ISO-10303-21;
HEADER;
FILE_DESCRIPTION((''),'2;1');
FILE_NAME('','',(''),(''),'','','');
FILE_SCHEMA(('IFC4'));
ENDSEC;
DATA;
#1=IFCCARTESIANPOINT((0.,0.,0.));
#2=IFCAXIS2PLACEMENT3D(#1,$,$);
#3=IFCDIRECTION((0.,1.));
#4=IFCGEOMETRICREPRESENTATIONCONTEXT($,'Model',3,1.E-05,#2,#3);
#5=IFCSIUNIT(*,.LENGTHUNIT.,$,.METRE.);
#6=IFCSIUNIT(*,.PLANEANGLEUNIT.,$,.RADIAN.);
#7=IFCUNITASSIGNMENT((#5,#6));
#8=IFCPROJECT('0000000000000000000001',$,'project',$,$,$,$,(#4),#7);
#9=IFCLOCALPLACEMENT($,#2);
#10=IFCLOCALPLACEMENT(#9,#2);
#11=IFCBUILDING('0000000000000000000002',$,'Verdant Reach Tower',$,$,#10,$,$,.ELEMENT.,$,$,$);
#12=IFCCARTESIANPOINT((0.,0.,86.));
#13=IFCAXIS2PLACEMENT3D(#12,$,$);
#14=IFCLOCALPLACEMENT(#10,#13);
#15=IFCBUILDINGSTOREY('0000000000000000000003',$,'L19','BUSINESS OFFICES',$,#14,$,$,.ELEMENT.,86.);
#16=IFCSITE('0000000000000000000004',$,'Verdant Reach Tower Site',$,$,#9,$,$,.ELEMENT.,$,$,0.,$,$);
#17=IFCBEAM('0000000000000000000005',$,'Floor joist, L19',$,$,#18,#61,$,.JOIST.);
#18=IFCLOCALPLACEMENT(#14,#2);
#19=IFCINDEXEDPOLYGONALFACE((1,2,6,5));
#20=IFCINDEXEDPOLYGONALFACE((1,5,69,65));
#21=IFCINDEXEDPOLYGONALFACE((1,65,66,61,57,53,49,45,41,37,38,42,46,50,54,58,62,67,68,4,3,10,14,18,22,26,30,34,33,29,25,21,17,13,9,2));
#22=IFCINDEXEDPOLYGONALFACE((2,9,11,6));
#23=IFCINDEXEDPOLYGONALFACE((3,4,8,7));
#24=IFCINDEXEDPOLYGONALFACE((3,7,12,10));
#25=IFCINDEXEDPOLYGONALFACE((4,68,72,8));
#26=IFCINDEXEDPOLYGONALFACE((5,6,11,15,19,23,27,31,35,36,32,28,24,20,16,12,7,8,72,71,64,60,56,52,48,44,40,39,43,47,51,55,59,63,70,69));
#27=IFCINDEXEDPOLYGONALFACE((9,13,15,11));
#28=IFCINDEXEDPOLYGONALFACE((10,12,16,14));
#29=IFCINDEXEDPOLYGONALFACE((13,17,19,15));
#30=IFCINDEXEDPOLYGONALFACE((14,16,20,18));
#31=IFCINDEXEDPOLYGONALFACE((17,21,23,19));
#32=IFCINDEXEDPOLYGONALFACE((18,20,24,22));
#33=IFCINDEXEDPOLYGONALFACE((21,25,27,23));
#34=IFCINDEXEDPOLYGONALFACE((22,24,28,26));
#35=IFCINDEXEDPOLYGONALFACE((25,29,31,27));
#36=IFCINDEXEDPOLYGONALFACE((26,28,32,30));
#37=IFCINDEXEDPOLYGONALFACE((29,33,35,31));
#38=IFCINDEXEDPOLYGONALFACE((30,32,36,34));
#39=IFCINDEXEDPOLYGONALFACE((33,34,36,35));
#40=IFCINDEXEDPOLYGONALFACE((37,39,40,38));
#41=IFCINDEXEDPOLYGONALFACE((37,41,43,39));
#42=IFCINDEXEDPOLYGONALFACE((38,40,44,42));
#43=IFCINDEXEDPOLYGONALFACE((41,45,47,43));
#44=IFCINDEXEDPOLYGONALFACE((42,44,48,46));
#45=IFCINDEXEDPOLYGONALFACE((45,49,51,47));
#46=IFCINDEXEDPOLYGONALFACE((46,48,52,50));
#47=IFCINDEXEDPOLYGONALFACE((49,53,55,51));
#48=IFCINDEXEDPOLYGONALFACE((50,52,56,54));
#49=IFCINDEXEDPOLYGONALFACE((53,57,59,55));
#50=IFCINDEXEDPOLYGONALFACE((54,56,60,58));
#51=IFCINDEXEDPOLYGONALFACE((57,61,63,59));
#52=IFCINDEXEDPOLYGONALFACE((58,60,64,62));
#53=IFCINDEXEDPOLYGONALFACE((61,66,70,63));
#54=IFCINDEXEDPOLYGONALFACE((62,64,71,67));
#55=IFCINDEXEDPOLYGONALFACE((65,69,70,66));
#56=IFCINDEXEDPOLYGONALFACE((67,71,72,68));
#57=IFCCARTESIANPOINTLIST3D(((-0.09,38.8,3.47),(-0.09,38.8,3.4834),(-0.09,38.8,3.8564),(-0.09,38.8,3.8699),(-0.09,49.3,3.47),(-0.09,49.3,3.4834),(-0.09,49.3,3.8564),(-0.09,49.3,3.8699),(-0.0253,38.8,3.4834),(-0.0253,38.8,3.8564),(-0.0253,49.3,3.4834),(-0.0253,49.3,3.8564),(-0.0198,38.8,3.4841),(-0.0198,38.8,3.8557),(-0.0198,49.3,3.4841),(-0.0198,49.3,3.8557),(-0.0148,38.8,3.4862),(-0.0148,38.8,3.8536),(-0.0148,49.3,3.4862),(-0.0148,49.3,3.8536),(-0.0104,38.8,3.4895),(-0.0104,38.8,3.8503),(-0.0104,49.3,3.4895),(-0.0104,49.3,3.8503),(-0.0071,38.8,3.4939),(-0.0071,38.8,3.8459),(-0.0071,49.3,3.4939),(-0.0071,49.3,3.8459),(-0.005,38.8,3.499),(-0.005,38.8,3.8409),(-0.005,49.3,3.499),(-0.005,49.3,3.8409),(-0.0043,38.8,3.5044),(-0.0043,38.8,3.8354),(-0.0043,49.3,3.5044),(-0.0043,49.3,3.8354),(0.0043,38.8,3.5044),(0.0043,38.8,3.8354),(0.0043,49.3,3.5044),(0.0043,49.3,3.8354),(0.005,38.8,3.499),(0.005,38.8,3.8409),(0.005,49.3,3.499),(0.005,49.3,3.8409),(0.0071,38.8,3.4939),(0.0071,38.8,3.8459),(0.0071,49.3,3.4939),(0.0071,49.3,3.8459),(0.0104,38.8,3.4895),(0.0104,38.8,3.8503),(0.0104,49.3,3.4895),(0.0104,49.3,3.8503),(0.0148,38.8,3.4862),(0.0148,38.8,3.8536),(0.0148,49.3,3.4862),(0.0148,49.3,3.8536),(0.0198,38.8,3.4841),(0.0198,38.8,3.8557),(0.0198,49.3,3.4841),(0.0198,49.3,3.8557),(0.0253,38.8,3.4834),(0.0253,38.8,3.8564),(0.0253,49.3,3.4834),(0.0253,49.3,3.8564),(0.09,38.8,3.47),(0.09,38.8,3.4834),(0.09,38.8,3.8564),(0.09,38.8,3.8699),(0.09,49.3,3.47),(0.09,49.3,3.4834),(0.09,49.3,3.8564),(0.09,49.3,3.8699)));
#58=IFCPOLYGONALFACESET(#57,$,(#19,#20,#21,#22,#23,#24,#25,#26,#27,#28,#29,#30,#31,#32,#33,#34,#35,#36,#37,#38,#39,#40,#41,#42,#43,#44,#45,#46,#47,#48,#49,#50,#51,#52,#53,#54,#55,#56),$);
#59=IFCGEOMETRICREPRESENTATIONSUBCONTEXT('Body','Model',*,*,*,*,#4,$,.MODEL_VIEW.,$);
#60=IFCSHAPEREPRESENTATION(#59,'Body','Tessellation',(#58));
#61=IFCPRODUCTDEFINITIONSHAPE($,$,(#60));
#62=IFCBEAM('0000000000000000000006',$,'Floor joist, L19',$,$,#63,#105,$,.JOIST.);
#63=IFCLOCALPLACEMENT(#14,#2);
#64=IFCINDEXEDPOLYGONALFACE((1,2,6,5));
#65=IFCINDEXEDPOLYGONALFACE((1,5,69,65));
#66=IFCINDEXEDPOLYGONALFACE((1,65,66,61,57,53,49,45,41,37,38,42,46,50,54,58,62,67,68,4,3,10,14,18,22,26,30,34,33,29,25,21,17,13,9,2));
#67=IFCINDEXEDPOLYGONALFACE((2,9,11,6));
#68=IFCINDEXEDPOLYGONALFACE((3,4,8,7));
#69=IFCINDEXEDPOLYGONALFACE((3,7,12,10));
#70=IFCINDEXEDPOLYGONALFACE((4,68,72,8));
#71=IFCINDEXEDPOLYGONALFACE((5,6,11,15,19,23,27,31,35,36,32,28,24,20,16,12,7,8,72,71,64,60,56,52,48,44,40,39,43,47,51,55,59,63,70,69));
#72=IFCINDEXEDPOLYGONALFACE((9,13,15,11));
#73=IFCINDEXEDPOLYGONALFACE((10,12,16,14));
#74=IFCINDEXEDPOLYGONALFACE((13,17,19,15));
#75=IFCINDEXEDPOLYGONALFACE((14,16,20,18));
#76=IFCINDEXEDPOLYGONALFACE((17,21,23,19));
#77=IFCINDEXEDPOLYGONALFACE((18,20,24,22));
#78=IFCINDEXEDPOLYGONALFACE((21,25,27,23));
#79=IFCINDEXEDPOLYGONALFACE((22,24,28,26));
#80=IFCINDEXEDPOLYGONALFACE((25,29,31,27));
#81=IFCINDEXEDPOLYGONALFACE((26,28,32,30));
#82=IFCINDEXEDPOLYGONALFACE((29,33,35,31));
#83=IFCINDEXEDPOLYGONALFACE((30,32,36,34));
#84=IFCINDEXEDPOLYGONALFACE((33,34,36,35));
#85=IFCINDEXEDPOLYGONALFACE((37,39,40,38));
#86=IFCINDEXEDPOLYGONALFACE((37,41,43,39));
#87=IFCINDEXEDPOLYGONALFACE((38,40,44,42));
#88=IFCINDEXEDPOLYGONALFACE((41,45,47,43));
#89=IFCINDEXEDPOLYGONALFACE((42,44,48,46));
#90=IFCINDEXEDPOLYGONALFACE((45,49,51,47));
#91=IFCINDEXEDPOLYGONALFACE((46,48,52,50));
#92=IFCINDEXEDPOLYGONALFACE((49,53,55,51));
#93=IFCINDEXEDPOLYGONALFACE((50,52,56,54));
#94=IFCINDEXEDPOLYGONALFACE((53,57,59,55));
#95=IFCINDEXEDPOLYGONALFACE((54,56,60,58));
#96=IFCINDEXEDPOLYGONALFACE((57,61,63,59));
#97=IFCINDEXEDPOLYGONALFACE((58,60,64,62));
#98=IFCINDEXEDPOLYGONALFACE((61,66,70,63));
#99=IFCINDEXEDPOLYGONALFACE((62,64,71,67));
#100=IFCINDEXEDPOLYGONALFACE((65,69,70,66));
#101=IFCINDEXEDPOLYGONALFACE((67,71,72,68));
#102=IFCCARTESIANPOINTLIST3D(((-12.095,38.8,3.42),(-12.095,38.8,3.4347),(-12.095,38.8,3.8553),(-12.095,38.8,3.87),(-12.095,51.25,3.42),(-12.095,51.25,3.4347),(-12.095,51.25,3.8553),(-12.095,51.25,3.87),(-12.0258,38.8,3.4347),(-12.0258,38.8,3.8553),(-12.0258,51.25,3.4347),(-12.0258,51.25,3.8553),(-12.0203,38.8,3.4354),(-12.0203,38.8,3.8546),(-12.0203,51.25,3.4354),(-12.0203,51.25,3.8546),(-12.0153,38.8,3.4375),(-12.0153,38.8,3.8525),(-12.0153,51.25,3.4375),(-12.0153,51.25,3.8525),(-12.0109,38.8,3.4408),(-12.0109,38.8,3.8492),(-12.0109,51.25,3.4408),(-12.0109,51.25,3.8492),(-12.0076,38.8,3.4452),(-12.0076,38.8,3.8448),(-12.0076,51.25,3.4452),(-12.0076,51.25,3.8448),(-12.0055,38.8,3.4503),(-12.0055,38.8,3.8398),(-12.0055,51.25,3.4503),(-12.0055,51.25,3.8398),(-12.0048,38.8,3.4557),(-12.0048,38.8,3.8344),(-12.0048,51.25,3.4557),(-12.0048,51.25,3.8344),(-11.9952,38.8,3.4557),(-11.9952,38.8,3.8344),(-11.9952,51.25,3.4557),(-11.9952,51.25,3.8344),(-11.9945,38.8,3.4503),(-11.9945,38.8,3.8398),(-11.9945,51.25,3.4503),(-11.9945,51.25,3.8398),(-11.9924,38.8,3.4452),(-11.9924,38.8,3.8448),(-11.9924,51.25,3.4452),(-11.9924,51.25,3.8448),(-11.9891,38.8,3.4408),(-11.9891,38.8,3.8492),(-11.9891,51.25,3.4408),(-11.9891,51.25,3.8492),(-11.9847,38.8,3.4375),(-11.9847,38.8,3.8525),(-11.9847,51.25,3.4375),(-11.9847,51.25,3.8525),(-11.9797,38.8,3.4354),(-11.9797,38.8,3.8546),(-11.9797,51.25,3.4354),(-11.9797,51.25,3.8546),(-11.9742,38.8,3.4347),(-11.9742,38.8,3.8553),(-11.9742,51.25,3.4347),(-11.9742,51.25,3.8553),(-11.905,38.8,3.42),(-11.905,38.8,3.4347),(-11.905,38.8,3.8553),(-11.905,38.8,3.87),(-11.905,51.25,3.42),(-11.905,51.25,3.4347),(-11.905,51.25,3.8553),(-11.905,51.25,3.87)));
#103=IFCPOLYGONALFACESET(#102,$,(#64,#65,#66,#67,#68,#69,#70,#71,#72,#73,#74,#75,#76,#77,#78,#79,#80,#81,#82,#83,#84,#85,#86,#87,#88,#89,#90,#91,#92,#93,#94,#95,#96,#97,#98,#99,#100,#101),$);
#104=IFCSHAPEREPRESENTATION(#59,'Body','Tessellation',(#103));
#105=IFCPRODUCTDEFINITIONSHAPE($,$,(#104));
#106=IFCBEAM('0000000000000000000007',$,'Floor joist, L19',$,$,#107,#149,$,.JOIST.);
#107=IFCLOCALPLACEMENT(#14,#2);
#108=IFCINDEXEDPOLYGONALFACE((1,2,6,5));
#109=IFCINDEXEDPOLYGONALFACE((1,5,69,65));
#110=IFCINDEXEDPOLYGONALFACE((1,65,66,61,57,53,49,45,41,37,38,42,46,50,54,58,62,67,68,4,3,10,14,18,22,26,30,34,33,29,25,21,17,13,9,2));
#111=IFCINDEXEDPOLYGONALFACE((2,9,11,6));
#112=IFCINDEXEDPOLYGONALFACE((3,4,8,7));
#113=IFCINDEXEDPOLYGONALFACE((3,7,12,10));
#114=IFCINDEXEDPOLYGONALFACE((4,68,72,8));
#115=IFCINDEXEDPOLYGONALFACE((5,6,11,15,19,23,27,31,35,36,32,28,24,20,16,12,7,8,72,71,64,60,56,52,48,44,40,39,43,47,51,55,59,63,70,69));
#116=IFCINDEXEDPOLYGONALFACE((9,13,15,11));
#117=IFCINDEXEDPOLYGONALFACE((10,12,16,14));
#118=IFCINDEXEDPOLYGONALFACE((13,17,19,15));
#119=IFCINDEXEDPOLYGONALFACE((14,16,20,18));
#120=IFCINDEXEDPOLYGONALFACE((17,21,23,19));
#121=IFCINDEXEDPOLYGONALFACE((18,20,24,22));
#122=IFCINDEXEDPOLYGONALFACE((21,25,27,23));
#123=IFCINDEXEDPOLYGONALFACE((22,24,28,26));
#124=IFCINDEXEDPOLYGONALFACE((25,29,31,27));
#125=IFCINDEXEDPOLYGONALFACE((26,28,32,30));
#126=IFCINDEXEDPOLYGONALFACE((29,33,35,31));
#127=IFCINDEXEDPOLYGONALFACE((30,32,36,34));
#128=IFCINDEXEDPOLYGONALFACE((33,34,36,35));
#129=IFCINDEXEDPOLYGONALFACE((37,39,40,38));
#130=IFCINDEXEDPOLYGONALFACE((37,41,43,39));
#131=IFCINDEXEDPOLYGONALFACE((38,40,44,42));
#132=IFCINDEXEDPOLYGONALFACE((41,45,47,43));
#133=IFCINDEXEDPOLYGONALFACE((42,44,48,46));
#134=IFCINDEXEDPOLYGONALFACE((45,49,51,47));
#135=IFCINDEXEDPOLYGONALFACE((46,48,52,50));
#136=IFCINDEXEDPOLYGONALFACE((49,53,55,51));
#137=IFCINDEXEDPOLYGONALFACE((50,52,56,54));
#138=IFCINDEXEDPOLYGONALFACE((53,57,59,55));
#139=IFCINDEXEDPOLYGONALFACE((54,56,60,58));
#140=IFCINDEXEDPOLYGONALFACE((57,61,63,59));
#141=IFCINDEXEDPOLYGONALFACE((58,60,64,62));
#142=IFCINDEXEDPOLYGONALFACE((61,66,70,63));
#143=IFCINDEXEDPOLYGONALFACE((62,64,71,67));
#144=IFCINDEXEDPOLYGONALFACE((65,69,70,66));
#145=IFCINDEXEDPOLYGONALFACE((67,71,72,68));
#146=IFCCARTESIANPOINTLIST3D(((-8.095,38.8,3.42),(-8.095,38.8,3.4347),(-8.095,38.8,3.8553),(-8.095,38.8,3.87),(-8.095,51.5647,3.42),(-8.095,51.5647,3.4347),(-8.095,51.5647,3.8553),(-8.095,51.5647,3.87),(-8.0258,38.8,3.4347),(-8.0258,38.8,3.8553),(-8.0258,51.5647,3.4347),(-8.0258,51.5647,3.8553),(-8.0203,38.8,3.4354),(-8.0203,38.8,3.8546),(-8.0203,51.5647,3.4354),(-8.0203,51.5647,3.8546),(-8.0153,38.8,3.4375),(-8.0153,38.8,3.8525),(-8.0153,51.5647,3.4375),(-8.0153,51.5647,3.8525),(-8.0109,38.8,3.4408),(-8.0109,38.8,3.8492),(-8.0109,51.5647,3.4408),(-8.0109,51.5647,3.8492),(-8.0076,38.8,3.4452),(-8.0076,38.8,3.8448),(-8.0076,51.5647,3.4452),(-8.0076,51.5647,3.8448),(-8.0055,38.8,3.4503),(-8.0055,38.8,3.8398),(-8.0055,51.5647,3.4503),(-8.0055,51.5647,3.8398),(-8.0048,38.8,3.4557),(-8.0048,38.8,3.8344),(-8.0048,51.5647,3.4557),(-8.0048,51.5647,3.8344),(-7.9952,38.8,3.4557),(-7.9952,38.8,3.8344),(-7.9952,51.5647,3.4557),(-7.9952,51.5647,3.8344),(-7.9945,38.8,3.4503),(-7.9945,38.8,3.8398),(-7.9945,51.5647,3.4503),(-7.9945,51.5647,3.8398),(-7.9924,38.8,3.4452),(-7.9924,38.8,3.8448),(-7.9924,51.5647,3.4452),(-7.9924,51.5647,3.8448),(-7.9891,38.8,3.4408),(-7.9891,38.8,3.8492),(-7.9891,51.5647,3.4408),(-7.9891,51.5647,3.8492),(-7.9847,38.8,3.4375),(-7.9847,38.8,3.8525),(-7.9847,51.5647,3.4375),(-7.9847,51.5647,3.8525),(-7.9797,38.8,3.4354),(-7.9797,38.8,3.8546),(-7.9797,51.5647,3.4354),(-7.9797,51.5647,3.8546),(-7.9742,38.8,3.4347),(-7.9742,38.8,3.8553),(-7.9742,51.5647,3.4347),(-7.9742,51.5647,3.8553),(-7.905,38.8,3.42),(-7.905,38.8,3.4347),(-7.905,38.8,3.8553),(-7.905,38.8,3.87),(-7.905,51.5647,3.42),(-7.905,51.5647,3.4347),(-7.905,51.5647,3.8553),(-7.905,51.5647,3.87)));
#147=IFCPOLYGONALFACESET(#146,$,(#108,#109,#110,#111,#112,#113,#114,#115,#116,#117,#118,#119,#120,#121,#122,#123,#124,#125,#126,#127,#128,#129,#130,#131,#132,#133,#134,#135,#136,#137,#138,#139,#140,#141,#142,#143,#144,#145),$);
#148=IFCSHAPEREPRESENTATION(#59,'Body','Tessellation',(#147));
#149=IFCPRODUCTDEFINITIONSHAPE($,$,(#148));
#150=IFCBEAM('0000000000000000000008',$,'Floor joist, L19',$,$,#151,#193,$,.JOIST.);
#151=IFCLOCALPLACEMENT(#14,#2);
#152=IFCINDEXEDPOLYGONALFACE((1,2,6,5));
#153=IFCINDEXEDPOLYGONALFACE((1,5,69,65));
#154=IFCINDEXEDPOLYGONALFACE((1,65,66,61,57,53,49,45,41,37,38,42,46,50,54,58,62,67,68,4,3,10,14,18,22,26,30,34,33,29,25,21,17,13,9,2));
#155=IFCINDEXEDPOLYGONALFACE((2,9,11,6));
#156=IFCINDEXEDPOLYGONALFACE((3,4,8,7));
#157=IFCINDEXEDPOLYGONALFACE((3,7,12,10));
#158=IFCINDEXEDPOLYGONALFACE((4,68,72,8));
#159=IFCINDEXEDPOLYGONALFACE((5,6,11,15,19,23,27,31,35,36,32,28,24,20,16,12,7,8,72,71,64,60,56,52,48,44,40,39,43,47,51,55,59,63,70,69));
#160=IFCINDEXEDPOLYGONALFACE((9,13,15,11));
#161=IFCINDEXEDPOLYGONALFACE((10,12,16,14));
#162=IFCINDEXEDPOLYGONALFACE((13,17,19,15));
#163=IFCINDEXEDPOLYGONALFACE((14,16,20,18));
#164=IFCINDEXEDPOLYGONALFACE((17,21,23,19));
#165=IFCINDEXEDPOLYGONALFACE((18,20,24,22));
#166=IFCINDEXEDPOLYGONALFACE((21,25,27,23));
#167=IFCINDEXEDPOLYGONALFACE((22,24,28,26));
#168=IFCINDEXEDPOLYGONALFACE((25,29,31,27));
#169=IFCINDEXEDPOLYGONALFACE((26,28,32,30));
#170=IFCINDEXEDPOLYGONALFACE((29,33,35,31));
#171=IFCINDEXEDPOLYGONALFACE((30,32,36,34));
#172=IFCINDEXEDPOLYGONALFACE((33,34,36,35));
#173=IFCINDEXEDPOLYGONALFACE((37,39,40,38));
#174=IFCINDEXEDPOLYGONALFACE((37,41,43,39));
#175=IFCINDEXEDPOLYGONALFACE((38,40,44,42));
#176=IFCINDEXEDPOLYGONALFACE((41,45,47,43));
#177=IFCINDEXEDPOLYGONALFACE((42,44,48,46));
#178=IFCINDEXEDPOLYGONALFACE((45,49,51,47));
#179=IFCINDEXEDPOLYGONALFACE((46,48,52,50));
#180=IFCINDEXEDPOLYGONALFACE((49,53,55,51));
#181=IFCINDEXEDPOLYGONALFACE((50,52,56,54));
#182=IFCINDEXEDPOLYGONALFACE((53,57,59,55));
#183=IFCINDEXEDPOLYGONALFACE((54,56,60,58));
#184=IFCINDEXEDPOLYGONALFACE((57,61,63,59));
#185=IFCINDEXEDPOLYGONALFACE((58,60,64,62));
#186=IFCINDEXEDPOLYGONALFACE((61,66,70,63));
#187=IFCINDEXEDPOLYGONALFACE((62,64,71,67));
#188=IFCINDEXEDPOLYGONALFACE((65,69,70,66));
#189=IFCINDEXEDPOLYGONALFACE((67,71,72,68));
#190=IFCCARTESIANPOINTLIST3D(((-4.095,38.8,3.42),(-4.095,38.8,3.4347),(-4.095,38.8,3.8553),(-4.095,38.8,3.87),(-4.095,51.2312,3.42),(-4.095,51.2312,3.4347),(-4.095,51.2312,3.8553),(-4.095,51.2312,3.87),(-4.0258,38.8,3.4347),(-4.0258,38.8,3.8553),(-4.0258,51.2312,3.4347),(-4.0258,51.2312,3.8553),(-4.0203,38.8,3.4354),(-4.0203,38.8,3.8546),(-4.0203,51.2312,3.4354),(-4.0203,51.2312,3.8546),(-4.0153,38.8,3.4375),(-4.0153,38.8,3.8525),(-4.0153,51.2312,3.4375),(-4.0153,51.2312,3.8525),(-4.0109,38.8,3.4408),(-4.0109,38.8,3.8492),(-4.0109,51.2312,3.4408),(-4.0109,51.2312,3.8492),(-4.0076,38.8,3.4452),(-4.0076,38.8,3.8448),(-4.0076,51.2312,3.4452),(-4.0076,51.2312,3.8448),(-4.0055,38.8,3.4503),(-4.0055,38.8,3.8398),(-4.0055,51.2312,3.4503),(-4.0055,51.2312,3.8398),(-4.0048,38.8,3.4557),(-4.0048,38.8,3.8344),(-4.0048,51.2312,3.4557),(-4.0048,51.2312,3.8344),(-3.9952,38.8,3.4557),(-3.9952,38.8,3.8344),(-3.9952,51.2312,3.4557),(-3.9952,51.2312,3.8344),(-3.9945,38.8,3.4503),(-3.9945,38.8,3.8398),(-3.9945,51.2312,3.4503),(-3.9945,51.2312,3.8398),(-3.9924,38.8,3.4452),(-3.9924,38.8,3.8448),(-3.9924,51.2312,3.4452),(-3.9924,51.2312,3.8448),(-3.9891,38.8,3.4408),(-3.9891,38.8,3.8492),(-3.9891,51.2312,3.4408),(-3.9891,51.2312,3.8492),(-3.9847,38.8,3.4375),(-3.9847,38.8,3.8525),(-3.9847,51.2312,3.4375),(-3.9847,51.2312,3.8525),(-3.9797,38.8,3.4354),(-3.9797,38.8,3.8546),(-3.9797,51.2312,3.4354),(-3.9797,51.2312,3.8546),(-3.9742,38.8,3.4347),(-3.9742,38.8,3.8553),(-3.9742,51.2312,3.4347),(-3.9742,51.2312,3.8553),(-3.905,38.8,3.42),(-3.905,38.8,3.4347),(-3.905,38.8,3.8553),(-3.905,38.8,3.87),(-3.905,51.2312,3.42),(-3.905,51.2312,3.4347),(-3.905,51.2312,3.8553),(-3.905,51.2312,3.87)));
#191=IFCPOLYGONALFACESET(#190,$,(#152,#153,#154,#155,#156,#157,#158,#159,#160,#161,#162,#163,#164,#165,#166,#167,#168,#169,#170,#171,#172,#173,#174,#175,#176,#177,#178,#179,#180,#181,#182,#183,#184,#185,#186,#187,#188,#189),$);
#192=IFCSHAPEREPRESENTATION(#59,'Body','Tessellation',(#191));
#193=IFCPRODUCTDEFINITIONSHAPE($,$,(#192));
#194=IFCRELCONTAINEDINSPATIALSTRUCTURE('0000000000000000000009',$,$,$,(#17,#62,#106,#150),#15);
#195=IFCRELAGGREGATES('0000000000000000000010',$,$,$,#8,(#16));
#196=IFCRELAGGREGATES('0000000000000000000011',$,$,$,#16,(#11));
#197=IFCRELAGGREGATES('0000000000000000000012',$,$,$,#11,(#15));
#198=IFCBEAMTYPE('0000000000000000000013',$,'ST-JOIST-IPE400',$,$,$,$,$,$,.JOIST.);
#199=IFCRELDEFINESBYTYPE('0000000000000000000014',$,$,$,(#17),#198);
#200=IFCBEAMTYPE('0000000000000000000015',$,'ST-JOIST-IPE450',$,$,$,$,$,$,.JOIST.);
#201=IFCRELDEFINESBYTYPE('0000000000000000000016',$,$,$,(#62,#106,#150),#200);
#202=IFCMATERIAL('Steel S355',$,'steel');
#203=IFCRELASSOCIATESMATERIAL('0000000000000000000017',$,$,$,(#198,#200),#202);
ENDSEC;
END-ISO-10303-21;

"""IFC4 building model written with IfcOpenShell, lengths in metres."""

from ifc_helpers import new_model, si_unit, direction, frame, origin, origin_2d, place, context, subcontext, project, spatial, i_section, extrude, material, material_profile, profile_set, type_object, element, save


model = new_model("IFC4")

# Units and contexts
model_context = context("Model", 3, precision=1e-05, world=origin(), true_north=direction((0.0, 1.0)))
body_context = subcontext(model_context, "Body", "Model", "MODEL_VIEW")
ifc_project = project(units=[si_unit("LENGTHUNIT", "METRE"), si_unit("PLANEANGLEUNIT", "RADIAN")], contexts=[model_context])

# Site, building, storey
site_placement = place(None, origin())
site = spatial("IfcSite", under=ifc_project, at=site_placement, Name="Verdant Reach Tower Site", CompositionType="ELEMENT", RefElevation=0.0)
building_placement = place(site_placement, origin())
building = spatial("IfcBuilding", under=site, at=building_placement, Name="Verdant Reach Tower", CompositionType="ELEMENT")
storey_placement = place(building_placement, frame((0.0, 0.0, 86.0)))
storey = spatial("IfcBuildingStorey", under=building, at=storey_placement, Name="L19", Description="BUSINESS OFFICES", CompositionType="ELEMENT", Elevation=86.0)

# Beams
ifc_material_1 = material(Name="Steel S355", Category="steel")
ifc_material_profile_1 = material_profile(ifc_material_1, i_section(OverallWidth=0.1799, OverallDepth=0.3999, WebThickness=0.0085, FlangeThickness=0.0134, FilletRadius=0.021, at=origin_2d()), Name="IPE 400")
ifc_profile_set_1 = profile_set([ifc_material_profile_1], Name="Steel S355")
beam_type_1 = type_object("IfcBeamType", Name="ST-JOIST-IPE400", PredefinedType="JOIST", material=ifc_profile_set_1)
beam_1_placement = place(storey_placement, frame((0.0, 38.8, 3.6699), z_axis=(0.0, 1.0, 0.0), x_axis=(-1.0, 0.0, 0.0)))
element("IfcBeam", 1, at=beam_1_placement, inside=storey, type_object=beam_type_1, Name="Floor joist, L19", PredefinedType="JOIST", context=body_context, shape_type="SweptSolid", body=[
    extrude(i_section(OverallWidth=0.1799, OverallDepth=0.3999, WebThickness=0.0085, FlangeThickness=0.0134, FilletRadius=0.021, at=origin_2d()), origin(), (0.0, 0.0, 1.0), 10.5),
])
ifc_material_profile_2 = material_profile(ifc_material_1, i_section(OverallWidth=0.1899, OverallDepth=0.45, WebThickness=0.0095, FlangeThickness=0.0146, FilletRadius=0.021, at=origin_2d()), Name="IPE 450")
ifc_profile_set_2 = profile_set([ifc_material_profile_2], Name="Steel S355")
beam_type_2 = type_object("IfcBeamType", Name="ST-JOIST-IPE450", PredefinedType="JOIST", material=ifc_profile_set_2)
beam_2_placement = place(storey_placement, frame((-12.0, 38.8, 3.645), z_axis=(0.0, 1.0, 0.0), x_axis=(-1.0, 0.0, 0.0)))
element("IfcBeam", 2, at=beam_2_placement, inside=storey, type_object=beam_type_2, Name="Floor joist, L19", PredefinedType="JOIST", context=body_context, shape_type="SweptSolid", body=[
    extrude(i_section(OverallWidth=0.1899, OverallDepth=0.45, WebThickness=0.0095, FlangeThickness=0.0146, FilletRadius=0.021, at=origin_2d()), origin(), (0.0, 0.0, 1.0), 12.45),
])
beam_3_placement = place(storey_placement, frame((-8.0, 38.8, 3.645), z_axis=(0.0, 1.0, 0.0), x_axis=(-1.0, 0.0, 0.0)))
element("IfcBeam", 3, at=beam_3_placement, inside=storey, type_object=beam_type_2, Name="Floor joist, L19", PredefinedType="JOIST", context=body_context, shape_type="SweptSolid", body=[
    extrude(i_section(OverallWidth=0.1899, OverallDepth=0.45, WebThickness=0.0095, FlangeThickness=0.0146, FilletRadius=0.021, at=origin_2d()), origin(), (0.0, 0.0, 1.0), 12.7646),
])
beam_4_placement = place(storey_placement, frame((-4.0, 38.8, 3.645), z_axis=(0.0, 1.0, 0.0), x_axis=(-1.0, 0.0, 0.0)))
element("IfcBeam", 4, at=beam_4_placement, inside=storey, type_object=beam_type_2, Name="Floor joist, L19", PredefinedType="JOIST", context=body_context, shape_type="SweptSolid", body=[
    extrude(i_section(OverallWidth=0.1899, OverallDepth=0.45, WebThickness=0.0095, FlangeThickness=0.0146, FilletRadius=0.021, at=origin_2d()), origin(), (0.0, 0.0, 1.0), 12.4312),
])

save(model, "model.ifc")
